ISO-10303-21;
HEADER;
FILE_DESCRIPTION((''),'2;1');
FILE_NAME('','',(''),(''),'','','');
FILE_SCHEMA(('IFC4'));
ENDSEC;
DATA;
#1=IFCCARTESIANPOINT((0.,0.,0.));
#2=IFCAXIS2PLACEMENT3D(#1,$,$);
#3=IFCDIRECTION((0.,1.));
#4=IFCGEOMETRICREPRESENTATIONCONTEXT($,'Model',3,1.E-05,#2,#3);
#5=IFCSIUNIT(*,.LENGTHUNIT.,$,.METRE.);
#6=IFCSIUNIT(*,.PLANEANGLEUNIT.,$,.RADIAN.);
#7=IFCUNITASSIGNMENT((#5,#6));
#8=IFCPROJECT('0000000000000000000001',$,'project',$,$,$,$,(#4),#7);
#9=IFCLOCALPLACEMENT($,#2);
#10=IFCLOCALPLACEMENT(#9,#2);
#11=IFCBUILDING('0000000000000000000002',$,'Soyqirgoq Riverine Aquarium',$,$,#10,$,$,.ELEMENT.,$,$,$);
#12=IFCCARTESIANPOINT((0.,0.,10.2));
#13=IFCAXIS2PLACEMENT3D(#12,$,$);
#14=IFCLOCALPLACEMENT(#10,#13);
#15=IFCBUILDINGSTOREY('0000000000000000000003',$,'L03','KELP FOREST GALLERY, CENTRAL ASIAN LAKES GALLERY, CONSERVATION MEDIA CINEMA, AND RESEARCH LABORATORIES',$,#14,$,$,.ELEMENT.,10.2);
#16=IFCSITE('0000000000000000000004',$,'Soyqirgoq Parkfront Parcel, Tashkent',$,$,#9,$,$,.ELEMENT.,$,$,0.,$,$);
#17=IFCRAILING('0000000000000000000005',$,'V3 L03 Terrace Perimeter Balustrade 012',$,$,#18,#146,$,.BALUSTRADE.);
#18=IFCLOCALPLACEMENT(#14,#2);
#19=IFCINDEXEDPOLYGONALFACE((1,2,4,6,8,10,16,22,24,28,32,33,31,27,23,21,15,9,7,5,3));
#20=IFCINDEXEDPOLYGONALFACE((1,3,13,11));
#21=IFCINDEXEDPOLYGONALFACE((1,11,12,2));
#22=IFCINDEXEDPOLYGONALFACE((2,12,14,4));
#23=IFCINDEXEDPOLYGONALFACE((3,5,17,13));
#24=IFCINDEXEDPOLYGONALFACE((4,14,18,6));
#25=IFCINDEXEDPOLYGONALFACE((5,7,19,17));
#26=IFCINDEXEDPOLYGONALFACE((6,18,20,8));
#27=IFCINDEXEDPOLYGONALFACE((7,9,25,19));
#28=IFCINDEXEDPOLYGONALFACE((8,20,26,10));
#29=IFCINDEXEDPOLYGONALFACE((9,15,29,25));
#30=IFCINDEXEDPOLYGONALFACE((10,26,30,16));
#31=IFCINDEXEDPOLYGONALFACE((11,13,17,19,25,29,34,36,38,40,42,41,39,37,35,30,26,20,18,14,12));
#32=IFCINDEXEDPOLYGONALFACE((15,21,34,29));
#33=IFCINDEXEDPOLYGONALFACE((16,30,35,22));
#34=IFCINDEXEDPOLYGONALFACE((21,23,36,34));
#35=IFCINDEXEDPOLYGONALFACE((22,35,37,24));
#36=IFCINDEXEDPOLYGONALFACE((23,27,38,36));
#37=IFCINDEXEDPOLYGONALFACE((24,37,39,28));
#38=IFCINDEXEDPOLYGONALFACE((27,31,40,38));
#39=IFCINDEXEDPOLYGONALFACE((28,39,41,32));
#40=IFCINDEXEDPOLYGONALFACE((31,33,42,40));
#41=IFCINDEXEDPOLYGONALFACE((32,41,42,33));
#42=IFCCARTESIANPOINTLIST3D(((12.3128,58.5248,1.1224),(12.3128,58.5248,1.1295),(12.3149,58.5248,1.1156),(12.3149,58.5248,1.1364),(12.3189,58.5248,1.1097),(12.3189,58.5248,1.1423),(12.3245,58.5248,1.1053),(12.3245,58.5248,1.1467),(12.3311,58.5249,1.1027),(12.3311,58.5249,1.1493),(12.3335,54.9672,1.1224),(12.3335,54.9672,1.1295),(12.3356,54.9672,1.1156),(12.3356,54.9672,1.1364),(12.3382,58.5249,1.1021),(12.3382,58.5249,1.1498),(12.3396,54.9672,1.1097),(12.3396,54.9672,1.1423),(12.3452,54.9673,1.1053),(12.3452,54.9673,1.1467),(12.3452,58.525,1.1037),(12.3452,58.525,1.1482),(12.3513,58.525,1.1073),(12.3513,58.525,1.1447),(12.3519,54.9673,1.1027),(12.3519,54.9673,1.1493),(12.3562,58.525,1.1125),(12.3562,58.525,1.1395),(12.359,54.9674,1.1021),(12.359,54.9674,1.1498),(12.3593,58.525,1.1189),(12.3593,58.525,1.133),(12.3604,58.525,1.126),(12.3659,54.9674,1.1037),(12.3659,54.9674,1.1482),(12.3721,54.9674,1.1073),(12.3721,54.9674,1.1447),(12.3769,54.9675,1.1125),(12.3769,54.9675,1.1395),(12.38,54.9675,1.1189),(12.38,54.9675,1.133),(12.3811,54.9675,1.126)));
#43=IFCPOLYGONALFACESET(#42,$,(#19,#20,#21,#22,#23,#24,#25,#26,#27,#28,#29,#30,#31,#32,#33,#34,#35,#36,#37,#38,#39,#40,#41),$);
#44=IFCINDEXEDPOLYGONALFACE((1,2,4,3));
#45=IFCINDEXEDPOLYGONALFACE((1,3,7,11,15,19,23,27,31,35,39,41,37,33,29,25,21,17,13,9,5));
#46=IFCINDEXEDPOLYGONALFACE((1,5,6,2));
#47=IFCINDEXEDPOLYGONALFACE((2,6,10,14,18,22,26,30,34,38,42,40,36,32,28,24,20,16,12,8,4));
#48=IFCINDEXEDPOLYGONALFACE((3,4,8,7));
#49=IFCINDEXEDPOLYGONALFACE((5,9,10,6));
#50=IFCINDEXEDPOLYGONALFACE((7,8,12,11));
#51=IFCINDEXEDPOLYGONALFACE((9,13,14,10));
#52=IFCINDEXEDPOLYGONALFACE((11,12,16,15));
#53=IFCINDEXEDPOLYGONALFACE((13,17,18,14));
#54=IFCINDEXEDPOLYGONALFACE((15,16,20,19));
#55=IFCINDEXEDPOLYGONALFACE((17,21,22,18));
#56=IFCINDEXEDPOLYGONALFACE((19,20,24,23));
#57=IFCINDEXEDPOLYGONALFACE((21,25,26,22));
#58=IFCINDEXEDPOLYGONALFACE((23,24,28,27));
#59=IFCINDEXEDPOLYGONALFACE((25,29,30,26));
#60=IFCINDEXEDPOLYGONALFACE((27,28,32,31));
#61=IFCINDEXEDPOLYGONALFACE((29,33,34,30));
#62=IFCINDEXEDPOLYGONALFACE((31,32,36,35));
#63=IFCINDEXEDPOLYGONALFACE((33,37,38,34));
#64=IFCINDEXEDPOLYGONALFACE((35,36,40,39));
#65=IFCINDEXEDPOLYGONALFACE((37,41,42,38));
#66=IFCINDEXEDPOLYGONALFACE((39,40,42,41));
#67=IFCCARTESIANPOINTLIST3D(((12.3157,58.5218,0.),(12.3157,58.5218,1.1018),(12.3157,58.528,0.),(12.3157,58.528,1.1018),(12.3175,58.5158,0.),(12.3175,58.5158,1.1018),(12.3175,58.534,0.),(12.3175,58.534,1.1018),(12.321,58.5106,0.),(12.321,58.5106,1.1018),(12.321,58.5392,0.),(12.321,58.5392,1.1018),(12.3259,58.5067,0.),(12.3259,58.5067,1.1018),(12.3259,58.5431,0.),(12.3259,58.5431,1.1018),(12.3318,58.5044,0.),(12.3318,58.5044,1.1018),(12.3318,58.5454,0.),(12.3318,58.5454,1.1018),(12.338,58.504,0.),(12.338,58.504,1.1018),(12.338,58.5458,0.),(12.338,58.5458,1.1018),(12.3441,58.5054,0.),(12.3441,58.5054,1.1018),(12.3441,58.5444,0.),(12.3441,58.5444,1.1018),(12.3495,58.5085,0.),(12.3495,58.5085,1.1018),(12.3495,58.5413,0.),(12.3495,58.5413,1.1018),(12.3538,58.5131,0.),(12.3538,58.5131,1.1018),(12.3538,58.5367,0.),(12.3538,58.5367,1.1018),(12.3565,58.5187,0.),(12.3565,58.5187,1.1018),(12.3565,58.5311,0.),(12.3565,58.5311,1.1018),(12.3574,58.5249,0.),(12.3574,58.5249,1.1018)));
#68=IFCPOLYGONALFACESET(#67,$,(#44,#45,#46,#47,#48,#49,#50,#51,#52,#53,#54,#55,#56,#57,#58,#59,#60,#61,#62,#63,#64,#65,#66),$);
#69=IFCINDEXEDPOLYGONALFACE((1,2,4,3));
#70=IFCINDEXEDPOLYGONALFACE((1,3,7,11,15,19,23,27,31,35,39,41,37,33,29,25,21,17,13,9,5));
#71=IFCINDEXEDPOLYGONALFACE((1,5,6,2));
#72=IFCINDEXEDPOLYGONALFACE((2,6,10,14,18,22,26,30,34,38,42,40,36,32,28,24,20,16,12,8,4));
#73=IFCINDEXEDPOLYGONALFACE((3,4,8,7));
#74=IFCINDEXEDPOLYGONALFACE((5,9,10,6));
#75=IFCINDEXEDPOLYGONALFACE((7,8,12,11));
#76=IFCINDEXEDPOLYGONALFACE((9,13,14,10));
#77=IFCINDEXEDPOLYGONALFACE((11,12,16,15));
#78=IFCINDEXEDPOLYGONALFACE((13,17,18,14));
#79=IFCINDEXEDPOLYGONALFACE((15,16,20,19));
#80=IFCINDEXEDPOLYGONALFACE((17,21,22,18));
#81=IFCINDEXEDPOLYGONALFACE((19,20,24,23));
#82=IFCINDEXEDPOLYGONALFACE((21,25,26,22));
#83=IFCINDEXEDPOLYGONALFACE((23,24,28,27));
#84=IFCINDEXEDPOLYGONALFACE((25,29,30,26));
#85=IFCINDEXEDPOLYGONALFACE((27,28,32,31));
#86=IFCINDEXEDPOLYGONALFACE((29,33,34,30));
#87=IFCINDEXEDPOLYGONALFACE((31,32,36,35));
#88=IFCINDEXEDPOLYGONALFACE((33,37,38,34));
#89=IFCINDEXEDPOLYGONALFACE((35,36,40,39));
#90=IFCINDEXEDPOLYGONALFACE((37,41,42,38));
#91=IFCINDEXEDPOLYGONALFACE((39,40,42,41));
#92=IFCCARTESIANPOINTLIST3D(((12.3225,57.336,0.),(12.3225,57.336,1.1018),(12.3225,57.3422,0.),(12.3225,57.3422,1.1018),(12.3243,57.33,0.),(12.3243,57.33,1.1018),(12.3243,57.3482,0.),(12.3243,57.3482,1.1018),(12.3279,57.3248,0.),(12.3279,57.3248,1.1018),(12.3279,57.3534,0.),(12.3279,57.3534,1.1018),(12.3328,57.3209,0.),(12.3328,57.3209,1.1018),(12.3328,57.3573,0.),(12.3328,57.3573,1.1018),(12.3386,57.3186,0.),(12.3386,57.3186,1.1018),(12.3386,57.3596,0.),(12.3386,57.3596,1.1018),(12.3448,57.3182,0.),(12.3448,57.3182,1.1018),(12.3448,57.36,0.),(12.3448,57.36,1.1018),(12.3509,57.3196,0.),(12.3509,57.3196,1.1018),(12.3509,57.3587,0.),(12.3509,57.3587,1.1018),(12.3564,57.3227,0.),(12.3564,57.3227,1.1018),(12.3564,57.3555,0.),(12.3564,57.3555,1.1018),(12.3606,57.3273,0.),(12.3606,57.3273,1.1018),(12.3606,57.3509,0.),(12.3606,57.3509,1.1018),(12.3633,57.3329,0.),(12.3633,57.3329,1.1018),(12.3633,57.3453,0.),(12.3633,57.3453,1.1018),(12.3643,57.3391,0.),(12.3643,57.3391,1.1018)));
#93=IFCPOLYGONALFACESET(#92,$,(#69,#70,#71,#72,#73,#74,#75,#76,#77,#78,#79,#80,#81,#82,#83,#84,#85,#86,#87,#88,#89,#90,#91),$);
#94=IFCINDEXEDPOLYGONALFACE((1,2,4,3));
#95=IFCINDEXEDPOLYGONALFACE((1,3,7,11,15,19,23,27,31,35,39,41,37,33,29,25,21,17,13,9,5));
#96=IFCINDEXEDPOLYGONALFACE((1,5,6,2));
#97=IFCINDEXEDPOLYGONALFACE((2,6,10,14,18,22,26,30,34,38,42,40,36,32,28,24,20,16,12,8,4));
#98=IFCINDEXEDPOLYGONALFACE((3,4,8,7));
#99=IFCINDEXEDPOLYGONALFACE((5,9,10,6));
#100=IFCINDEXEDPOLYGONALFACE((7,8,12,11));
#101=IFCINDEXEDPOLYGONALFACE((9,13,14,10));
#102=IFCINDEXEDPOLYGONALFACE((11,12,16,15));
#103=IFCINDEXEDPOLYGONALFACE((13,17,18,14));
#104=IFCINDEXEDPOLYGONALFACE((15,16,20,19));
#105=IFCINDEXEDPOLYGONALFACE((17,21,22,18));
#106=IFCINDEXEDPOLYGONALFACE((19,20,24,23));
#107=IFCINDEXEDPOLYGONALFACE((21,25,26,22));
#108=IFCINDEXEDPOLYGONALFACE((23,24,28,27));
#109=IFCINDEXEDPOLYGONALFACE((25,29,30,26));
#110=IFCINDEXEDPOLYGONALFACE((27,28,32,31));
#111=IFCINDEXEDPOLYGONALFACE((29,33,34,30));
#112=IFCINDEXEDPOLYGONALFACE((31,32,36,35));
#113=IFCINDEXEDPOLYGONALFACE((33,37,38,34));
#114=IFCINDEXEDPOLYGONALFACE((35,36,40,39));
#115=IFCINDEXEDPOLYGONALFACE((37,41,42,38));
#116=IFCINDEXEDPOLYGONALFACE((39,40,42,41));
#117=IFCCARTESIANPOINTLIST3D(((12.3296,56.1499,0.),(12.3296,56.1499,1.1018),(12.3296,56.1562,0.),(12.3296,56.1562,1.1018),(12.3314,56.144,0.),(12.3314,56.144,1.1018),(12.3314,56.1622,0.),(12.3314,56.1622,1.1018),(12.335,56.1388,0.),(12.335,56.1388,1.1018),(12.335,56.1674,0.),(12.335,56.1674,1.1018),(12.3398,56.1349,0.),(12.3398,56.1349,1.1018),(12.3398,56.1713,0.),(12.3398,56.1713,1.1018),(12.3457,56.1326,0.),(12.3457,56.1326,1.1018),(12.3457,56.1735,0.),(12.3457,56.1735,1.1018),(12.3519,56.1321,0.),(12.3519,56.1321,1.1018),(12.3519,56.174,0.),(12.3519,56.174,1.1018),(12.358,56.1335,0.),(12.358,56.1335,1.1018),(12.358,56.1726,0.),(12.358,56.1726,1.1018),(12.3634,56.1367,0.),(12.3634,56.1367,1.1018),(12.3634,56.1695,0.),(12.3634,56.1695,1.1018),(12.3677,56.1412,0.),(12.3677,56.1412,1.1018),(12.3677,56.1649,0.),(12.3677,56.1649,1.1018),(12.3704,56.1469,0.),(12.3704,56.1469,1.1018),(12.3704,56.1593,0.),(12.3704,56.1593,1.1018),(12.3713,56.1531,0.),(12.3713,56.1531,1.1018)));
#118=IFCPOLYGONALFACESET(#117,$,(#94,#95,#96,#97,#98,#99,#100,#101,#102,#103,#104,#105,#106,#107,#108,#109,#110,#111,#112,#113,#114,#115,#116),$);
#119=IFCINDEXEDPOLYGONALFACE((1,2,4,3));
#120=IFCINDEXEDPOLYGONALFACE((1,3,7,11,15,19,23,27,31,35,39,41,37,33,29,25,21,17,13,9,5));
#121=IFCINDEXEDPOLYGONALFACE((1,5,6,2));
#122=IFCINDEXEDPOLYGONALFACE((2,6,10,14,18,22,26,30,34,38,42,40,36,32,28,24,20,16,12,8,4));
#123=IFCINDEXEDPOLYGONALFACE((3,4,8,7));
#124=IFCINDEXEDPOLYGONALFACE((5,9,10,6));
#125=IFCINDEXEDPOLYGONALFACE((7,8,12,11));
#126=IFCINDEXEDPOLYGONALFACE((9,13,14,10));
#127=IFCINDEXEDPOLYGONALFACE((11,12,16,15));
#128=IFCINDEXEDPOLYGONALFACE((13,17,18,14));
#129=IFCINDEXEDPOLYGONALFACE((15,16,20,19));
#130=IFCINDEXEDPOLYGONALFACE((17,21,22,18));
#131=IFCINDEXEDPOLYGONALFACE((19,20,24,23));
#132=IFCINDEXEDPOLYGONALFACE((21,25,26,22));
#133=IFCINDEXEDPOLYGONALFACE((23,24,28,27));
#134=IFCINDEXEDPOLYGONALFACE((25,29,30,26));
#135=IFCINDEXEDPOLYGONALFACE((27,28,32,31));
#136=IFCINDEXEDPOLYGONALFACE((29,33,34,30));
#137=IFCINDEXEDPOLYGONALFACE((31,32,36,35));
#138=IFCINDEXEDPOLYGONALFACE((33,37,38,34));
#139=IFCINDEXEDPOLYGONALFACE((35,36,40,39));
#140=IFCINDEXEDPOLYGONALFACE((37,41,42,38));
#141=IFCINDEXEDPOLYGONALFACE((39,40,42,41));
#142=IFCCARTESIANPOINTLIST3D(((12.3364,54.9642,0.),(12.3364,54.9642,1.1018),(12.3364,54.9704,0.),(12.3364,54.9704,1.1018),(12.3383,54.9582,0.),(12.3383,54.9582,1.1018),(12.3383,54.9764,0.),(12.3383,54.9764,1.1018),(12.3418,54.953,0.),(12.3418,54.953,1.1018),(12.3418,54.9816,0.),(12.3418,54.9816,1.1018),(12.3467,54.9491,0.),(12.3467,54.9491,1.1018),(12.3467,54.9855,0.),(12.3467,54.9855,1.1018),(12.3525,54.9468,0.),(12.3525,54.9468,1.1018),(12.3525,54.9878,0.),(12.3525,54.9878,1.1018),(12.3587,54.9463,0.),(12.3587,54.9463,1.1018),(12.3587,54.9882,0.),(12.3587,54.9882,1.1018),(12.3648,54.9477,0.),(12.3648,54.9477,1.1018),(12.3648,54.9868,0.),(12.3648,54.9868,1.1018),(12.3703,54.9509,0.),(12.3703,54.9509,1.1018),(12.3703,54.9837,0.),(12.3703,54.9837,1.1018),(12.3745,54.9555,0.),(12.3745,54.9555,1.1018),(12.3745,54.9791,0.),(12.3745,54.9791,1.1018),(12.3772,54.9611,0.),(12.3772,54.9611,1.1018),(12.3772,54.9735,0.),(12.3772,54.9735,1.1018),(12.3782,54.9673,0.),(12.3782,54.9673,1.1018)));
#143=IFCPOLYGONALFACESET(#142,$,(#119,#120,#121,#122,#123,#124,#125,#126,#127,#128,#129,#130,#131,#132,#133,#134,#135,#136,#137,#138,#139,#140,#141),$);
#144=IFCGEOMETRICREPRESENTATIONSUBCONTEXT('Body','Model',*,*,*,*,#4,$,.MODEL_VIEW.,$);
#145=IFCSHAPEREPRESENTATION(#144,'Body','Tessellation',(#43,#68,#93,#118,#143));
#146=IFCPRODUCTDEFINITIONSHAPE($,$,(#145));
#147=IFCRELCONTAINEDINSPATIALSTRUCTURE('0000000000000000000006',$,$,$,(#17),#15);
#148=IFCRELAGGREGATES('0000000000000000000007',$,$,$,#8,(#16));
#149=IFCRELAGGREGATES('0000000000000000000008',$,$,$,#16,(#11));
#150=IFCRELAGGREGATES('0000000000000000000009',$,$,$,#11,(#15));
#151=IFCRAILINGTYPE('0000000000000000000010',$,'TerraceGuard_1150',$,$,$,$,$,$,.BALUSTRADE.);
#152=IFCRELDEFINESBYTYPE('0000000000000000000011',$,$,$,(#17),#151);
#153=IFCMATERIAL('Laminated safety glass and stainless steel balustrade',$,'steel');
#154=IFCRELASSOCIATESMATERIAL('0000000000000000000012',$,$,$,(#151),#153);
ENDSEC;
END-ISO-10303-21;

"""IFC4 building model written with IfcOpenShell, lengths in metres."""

from ifc_helpers import new_model, si_unit, direction, frame, origin, origin_2d, place, context, subcontext, project, spatial, circle, extrude, material, type_object, element, save


model = new_model("IFC4")

# Units and contexts
model_context = context("Model", 3, precision=1e-05, world=origin(), true_north=direction((0.0, 1.0)))
body_context = subcontext(model_context, "Body", "Model", "MODEL_VIEW")
ifc_project = project(units=[si_unit("LENGTHUNIT", "METRE"), si_unit("PLANEANGLEUNIT", "RADIAN")], contexts=[model_context])

# Site, building, storey
site_placement = place(None, origin())
site = spatial("IfcSite", under=ifc_project, at=site_placement, Name="Soyqirgoq Parkfront Parcel, Tashkent", CompositionType="ELEMENT", RefElevation=0.0)
building_placement = place(site_placement, origin())
building = spatial("IfcBuilding", under=site, at=building_placement, Name="Soyqirgoq Riverine Aquarium", CompositionType="ELEMENT")
storey_placement = place(building_placement, frame((0.0, 0.0, 10.2)))
storey = spatial("IfcBuildingStorey", under=building, at=storey_placement, Name="L03", Description="KELP FOREST GALLERY, CENTRAL ASIAN LAKES GALLERY, CONSERVATION MEDIA CINEMA, AND RESEARCH LABORATORIES", CompositionType="ELEMENT", Elevation=10.2)

# Railing
ifc_material_1 = material(Name="Laminated safety glass and stainless steel balustrade", Category="steel")
railing_type = type_object("IfcRailingType", Name="TerraceGuard_1150", PredefinedType="BALUSTRADE", material=ifc_material_1)
railing_1_placement = place(storey_placement, frame((12.3364, 58.5249, 0.0)))
element("IfcRailing", 1, at=railing_1_placement, inside=storey, type_object=railing_type, Name="V3 L03 Terrace Perimeter Balustrade 012", PredefinedType="BALUSTRADE", context=body_context, shape_type="SweptSolid", body=[
    extrude(circle(Radius=0.0239, at=origin_2d()), frame((0.0, 0.0, 1.126), z_axis=(0.005833, -0.999983, 0.0), x_axis=(0.999983, 0.005833, 0.0)), (0.0, 0.0, 1.0), 3.5576),
    extrude(circle(Radius=0.021, at=origin_2d()), origin(), (0.0, 0.0, 1.0), 1.1018),
    extrude(circle(Radius=0.021, at=origin_2d()), frame((0.0068, -1.1858, 0.0)), (0.0, 0.0, 1.0), 1.1018),
    extrude(circle(Radius=0.021, at=origin_2d()), frame((0.0139, -2.3718, 0.0)), (0.0, 0.0, 1.0), 1.1018),
    extrude(circle(Radius=0.021, at=origin_2d()), frame((0.0208, -3.5576, 0.0)), (0.0, 0.0, 1.0), 1.1018),
])

save(model, "model.ifc")
